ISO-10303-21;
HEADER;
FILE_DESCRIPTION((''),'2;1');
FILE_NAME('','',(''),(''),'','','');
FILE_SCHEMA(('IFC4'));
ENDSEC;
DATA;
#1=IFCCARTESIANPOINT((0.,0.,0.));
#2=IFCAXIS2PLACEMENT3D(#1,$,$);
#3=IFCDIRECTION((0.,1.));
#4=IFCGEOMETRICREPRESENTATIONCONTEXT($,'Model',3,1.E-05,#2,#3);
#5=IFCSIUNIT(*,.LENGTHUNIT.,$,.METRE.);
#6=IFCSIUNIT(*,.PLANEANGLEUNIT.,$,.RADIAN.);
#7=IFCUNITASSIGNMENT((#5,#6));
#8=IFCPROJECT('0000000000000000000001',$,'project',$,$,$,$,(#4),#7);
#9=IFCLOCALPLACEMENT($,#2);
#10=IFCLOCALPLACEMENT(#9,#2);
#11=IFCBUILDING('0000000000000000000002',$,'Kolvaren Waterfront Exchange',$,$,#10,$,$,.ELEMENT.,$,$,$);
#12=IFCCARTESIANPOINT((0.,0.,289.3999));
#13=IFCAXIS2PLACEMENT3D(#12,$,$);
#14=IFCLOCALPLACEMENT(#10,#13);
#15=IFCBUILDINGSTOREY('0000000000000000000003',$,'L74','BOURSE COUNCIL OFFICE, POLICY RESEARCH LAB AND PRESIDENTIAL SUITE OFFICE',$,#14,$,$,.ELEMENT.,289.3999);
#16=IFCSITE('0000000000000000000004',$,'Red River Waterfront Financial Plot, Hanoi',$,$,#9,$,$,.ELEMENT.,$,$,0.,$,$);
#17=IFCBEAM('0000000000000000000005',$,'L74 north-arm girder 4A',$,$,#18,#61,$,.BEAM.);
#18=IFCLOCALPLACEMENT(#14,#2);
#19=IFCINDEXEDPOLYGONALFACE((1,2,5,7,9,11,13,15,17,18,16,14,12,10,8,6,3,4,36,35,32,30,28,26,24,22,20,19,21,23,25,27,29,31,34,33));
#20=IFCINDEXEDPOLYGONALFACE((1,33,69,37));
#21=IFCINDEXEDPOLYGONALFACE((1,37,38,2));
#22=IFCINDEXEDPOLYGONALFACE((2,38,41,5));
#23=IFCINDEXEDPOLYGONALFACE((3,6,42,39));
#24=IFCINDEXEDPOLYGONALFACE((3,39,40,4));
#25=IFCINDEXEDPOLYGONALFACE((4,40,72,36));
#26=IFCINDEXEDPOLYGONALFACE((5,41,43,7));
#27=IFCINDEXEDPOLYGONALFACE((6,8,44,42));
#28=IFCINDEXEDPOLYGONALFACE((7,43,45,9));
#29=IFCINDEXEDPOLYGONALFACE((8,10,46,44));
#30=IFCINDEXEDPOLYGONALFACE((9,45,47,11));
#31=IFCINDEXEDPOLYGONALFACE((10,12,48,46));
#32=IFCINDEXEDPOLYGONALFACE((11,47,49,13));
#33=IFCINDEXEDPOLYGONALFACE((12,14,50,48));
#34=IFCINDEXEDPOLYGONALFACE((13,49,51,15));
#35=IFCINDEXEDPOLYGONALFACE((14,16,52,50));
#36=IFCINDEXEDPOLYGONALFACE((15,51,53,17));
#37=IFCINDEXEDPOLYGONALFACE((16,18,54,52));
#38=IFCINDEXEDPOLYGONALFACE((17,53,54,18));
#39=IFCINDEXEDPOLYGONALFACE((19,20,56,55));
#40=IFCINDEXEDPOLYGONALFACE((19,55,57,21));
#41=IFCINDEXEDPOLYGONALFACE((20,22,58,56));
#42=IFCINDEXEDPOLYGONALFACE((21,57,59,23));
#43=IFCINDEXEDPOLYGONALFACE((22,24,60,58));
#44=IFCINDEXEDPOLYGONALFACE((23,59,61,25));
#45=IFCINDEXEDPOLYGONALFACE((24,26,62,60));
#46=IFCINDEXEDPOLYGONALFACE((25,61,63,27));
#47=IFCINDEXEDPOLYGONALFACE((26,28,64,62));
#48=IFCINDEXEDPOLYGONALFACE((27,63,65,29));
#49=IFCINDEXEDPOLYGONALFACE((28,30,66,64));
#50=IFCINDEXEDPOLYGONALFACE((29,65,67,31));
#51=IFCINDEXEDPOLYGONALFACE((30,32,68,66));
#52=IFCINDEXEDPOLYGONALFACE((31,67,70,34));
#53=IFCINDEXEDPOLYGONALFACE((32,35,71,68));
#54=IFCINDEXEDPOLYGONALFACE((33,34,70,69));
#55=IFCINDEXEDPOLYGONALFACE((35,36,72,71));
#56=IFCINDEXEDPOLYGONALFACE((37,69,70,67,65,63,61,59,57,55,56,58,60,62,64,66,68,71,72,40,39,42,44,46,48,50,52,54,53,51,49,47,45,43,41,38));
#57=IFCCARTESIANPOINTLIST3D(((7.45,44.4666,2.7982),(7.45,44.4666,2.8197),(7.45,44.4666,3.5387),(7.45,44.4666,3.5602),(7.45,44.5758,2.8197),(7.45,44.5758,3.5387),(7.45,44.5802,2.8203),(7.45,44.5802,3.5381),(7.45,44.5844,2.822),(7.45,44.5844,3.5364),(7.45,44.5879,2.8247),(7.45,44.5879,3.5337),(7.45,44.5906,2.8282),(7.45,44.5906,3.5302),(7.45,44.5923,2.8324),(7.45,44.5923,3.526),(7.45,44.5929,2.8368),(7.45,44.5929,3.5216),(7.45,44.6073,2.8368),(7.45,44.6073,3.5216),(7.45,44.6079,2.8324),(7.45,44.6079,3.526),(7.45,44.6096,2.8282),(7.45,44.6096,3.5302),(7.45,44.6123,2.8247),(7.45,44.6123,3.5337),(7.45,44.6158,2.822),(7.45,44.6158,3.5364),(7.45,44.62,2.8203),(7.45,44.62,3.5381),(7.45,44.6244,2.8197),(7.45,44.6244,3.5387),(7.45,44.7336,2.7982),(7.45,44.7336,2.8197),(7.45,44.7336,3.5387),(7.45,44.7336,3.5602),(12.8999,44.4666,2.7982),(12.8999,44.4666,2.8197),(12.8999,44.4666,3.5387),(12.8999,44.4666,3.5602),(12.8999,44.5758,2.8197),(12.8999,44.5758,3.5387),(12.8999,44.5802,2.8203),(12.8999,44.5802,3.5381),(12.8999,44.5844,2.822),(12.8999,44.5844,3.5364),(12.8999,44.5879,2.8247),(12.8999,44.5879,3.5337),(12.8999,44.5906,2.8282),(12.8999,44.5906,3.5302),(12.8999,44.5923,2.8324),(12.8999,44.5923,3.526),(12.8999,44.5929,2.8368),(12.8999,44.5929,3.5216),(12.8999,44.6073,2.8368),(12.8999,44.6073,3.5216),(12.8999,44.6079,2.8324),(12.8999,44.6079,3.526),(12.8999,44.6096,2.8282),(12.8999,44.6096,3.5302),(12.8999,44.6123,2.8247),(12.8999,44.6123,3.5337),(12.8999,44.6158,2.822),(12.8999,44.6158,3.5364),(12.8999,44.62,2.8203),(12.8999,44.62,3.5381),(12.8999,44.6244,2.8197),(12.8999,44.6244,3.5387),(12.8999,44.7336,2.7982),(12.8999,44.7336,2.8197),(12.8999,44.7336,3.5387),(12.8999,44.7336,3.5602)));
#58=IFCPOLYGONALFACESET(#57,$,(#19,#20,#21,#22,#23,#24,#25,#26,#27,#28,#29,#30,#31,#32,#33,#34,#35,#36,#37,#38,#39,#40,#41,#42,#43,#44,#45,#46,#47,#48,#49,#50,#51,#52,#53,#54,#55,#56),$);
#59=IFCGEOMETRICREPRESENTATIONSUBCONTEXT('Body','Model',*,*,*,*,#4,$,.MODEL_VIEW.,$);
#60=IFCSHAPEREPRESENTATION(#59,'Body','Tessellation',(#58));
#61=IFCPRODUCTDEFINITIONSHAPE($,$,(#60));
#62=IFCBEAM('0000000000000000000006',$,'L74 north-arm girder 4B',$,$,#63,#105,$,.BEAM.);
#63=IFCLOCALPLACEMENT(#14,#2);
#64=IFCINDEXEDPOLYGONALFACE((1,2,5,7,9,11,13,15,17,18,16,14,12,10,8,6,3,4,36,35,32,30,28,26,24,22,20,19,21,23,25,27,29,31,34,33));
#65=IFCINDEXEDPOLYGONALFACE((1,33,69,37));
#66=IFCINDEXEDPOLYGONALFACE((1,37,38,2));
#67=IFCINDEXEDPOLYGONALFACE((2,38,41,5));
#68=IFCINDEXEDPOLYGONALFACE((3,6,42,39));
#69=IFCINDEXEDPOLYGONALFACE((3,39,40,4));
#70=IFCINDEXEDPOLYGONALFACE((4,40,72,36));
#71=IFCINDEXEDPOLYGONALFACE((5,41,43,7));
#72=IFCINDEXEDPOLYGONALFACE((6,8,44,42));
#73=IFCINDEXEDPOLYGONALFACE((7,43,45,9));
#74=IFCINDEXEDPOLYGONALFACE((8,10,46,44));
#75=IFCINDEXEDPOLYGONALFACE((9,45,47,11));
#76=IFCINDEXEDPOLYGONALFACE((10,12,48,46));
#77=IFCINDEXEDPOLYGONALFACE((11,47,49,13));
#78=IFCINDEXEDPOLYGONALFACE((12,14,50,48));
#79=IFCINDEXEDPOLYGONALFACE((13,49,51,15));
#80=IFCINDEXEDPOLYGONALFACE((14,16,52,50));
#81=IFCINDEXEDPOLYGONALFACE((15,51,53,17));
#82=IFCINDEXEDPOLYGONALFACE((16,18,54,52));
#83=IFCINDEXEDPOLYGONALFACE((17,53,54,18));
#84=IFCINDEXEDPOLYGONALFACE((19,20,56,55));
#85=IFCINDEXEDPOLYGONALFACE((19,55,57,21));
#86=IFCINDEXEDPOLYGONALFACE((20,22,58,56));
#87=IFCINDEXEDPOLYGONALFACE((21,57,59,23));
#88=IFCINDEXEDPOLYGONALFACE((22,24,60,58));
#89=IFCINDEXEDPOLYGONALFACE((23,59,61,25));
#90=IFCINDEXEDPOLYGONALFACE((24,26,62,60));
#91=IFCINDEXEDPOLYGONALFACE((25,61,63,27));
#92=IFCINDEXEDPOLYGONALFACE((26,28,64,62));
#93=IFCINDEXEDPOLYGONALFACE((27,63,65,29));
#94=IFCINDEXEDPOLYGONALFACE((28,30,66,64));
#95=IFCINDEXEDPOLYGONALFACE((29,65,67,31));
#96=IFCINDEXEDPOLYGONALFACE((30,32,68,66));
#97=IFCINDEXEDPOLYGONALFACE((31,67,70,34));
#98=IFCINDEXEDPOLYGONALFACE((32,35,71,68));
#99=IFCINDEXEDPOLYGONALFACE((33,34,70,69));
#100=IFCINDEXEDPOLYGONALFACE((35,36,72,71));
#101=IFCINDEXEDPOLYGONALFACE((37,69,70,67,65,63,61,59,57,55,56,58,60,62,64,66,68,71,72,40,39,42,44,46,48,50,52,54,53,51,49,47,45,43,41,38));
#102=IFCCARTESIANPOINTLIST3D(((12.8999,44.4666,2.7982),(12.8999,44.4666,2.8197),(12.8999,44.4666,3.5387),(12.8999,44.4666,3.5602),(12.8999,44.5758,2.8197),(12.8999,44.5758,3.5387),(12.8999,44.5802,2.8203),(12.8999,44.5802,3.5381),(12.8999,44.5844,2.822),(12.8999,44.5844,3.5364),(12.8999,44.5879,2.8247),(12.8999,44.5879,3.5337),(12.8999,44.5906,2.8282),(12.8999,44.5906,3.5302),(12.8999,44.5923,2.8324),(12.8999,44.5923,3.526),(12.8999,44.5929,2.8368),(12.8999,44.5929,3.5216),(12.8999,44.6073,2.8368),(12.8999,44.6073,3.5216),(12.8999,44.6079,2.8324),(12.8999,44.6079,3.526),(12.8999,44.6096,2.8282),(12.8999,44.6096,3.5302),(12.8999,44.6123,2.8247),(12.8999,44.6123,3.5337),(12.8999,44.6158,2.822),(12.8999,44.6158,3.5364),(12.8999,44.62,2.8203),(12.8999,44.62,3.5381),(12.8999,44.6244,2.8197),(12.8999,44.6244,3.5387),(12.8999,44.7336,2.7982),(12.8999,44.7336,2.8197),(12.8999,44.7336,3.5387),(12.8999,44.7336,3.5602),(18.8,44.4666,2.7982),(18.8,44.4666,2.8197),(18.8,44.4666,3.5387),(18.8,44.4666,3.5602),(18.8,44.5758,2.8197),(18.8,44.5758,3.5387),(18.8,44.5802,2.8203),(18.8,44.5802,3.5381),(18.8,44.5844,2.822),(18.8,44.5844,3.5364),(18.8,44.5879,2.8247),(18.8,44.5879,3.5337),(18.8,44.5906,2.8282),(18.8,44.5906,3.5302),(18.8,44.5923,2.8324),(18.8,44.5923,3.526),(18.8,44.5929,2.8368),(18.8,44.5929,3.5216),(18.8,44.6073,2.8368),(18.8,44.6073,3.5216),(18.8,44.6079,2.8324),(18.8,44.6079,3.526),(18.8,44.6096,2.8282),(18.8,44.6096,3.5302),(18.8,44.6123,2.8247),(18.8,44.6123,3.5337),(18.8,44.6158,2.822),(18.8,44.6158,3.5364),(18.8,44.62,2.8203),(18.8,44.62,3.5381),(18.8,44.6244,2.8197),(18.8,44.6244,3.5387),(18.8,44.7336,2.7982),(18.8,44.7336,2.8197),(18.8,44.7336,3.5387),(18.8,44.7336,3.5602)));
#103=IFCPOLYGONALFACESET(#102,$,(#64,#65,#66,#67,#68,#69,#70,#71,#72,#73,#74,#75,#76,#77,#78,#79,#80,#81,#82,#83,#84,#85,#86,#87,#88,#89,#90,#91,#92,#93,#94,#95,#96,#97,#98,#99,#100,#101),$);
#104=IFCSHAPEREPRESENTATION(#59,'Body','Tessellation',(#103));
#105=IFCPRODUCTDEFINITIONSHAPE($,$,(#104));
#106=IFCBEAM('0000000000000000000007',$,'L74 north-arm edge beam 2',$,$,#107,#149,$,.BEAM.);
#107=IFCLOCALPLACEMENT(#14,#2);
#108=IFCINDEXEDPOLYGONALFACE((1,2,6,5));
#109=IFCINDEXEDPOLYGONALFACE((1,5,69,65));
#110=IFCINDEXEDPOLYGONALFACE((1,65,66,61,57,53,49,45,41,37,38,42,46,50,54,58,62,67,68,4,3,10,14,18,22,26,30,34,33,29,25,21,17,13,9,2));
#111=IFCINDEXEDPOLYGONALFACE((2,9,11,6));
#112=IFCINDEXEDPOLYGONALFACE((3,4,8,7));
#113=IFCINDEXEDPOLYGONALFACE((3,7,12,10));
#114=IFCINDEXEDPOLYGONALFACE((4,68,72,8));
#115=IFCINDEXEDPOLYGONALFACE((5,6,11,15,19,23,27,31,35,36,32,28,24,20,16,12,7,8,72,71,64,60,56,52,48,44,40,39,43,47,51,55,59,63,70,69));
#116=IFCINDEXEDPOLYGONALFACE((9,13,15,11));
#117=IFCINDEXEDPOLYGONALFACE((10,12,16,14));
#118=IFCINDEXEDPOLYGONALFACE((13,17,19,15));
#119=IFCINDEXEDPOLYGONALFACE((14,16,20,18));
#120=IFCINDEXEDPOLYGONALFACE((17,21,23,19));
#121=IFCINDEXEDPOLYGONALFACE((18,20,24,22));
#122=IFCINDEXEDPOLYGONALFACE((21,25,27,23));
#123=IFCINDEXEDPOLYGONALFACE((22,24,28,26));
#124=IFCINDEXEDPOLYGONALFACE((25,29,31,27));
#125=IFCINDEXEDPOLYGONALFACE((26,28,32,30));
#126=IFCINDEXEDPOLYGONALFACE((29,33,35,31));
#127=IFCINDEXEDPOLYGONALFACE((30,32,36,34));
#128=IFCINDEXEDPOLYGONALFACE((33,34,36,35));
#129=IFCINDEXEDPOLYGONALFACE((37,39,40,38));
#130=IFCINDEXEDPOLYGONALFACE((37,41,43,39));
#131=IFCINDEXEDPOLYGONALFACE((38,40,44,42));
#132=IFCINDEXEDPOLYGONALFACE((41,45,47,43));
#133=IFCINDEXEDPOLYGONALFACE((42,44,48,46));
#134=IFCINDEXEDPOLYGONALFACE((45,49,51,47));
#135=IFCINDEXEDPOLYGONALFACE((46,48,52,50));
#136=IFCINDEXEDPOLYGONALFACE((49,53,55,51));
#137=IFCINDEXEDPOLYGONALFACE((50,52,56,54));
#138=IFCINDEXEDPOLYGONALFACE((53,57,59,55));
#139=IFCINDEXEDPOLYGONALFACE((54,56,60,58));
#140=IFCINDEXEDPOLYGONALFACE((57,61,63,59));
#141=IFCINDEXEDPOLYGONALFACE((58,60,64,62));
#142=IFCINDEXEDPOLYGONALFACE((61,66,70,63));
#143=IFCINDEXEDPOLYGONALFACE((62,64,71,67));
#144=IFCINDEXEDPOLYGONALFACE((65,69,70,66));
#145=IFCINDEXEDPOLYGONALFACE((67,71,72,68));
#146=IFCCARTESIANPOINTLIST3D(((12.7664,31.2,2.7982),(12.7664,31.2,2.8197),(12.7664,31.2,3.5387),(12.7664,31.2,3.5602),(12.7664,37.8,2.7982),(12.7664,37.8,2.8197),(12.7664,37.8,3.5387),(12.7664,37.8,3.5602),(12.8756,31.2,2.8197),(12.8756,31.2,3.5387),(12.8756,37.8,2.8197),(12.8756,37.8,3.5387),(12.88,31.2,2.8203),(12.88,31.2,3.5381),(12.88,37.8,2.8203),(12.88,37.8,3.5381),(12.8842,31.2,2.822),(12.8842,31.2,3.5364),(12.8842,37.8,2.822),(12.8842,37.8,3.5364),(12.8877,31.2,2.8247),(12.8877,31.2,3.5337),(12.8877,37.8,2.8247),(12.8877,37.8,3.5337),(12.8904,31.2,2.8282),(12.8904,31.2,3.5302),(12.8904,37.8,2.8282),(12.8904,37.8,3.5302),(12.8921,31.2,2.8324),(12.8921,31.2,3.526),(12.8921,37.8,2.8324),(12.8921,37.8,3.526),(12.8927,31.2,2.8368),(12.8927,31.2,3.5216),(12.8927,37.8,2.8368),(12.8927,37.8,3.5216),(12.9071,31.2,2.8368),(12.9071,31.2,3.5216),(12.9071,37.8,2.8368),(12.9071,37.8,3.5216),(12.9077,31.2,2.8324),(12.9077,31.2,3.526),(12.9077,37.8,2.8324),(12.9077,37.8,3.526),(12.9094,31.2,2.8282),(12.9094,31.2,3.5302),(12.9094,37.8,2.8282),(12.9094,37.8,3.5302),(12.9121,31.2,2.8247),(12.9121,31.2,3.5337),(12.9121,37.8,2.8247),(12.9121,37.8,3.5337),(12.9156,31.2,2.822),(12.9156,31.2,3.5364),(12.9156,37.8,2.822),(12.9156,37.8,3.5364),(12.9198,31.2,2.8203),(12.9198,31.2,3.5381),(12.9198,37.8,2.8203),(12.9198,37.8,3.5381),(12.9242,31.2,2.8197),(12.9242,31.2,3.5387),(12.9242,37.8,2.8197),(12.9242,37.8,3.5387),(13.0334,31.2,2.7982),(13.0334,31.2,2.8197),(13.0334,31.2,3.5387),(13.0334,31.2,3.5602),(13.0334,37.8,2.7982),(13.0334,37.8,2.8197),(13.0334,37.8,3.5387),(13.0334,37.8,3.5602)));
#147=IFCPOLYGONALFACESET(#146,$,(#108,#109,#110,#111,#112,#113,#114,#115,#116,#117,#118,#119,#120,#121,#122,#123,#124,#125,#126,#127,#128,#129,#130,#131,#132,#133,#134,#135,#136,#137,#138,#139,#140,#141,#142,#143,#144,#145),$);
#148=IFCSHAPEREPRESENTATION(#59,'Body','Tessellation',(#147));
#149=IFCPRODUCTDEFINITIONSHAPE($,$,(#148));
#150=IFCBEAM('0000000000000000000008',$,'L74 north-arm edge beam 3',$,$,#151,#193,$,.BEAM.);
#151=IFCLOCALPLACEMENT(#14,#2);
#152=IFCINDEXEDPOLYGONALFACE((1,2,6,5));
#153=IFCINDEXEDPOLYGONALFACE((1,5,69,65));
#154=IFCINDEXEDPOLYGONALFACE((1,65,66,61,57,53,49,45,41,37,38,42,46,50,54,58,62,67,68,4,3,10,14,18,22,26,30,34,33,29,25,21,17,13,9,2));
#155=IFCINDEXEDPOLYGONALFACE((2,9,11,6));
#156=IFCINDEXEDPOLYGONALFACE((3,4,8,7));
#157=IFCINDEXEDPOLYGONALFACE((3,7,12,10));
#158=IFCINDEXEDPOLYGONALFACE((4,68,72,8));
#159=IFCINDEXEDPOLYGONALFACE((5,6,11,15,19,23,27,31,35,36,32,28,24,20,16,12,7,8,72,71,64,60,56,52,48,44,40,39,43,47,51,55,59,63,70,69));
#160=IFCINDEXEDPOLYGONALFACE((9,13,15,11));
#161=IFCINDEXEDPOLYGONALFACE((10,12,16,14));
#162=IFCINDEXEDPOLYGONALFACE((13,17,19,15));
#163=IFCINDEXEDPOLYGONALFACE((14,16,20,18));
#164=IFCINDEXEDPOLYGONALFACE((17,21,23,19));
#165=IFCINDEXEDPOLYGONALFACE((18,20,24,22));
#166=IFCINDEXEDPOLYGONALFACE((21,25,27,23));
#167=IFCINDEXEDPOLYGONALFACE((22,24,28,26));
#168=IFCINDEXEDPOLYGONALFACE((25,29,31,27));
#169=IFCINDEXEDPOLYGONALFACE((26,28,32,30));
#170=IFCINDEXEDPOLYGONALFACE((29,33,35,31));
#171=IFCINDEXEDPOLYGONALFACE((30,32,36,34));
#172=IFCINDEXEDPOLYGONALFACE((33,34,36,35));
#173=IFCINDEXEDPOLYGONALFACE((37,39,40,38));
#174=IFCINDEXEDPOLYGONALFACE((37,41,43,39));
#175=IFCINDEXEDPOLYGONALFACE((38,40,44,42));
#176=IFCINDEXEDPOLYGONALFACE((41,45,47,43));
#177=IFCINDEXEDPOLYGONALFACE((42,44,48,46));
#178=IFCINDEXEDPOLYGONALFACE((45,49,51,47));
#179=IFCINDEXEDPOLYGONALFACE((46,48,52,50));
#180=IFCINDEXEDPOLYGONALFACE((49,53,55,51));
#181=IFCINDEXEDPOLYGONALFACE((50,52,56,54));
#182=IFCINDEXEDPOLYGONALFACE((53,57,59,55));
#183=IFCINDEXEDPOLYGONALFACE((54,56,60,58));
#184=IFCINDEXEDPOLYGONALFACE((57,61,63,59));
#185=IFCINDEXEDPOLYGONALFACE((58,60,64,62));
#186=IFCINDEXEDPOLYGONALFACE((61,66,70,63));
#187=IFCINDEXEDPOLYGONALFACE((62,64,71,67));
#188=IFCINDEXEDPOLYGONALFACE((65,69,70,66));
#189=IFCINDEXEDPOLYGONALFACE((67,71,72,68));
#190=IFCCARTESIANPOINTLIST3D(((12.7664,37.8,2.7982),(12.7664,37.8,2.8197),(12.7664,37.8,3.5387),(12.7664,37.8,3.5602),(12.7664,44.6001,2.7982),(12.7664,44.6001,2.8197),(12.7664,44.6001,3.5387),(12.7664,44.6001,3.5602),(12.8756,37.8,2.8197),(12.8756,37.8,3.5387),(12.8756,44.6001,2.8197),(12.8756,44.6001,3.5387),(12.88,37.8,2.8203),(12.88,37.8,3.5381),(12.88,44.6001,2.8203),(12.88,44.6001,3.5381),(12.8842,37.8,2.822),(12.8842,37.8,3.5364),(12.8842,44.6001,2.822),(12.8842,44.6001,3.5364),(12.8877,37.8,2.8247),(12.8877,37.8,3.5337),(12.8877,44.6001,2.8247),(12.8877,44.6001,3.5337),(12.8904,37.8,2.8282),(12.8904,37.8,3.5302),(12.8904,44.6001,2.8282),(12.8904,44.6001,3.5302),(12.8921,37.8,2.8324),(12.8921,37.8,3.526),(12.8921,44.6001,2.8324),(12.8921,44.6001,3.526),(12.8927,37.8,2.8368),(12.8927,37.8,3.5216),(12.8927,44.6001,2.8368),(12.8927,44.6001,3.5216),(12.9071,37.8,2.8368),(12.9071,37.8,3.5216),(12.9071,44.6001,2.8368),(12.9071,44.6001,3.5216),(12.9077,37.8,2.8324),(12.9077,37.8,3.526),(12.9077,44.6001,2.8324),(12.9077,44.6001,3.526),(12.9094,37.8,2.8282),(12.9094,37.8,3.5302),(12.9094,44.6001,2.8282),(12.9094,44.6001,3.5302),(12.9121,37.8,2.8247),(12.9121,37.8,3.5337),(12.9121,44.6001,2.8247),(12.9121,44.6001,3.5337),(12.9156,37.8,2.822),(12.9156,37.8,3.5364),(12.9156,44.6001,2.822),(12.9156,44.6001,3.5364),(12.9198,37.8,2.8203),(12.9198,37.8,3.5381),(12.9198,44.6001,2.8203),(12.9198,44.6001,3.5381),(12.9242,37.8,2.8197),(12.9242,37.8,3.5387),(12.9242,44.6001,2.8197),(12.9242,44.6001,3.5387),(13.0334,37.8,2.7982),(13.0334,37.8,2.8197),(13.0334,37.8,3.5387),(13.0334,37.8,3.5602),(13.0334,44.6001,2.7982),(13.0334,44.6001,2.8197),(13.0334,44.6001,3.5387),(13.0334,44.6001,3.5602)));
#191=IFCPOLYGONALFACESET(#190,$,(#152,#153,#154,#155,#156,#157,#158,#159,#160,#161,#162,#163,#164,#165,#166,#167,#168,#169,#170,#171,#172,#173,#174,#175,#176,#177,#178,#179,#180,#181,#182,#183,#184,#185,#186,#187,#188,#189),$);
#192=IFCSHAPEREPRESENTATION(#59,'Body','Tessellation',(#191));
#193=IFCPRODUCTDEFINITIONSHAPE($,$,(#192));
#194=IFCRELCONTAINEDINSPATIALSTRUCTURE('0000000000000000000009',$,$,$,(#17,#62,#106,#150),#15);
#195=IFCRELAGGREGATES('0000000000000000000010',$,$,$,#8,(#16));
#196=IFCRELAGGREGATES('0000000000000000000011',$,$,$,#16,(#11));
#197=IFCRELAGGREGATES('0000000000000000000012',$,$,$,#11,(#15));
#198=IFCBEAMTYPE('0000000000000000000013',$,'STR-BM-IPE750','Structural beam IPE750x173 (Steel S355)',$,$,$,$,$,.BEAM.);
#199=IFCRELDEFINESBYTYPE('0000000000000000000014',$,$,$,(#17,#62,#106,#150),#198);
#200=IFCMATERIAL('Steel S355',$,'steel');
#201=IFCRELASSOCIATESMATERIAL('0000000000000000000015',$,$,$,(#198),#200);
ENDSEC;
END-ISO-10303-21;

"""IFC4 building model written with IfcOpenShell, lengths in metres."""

from ifc_helpers import new_model, si_unit, direction, frame, origin, origin_2d, place, context, subcontext, project, spatial, i_section, extrude, material, material_profile, profile_set, type_object, element, save


model = new_model("IFC4")

# Units and contexts
model_context = context("Model", 3, precision=1e-05, world=origin(), true_north=direction((0.0, 1.0)))
body_context = subcontext(model_context, "Body", "Model", "MODEL_VIEW")
ifc_project = project(units=[si_unit("LENGTHUNIT", "METRE"), si_unit("PLANEANGLEUNIT", "RADIAN")], contexts=[model_context])

# Site, building, storey
site_placement = place(None, origin())
site = spatial("IfcSite", under=ifc_project, at=site_placement, Name="Red River Waterfront Financial Plot, Hanoi", CompositionType="ELEMENT", RefElevation=0.0)
building_placement = place(site_placement, origin())
building = spatial("IfcBuilding", under=site, at=building_placement, Name="Kolvaren Waterfront Exchange", CompositionType="ELEMENT")
storey_placement = place(building_placement, frame((0.0, 0.0, 289.3999)))
storey = spatial("IfcBuildingStorey", under=building, at=storey_placement, Name="L74", Description="BOURSE COUNCIL OFFICE, POLICY RESEARCH LAB AND PRESIDENTIAL SUITE OFFICE", CompositionType="ELEMENT", Elevation=289.3999)

# Beams
ifc_material_1 = material(Name="Steel S355", Category="steel")
ifc_material_profile_1 = material_profile(ifc_material_1, i_section(OverallWidth=0.2671, OverallDepth=0.762, WebThickness=0.0144, FlangeThickness=0.0215, FilletRadius=0.0171, at=origin_2d()), Name="IPE750x173")
ifc_profile_set_1 = profile_set([ifc_material_profile_1], Name="Steel S355")
beam_type_1 = type_object("IfcBeamType", Name="STR-BM-IPE750", Description="Structural beam IPE750x173 (Steel S355)", PredefinedType="BEAM", material=ifc_profile_set_1)
beam_1_placement = place(storey_placement, frame((7.45, 44.6001, 3.1792), z_axis=(1.0, 0.0, 0.0), x_axis=(0.0, 1.0, 0.0)))
element("IfcBeam", 1, at=beam_1_placement, inside=storey, type_object=beam_type_1, Name="L74 north-arm girder 4A", PredefinedType="BEAM", context=body_context, shape_type="SweptSolid", body=[
    extrude(i_section(OverallWidth=0.2671, OverallDepth=0.762, WebThickness=0.0144, FlangeThickness=0.0215, FilletRadius=0.0171, at=origin_2d()), origin(), (0.0, 0.0, 1.0), 5.45),
])
beam_2_placement = place(storey_placement, frame((12.8999, 44.6001, 3.1792), z_axis=(1.0, 0.0, 0.0), x_axis=(0.0, 1.0, 0.0)))
element("IfcBeam", 2, at=beam_2_placement, inside=storey, type_object=beam_type_1, Name="L74 north-arm girder 4B", PredefinedType="BEAM", context=body_context, shape_type="SweptSolid", body=[
    extrude(i_section(OverallWidth=0.2671, OverallDepth=0.762, WebThickness=0.0144, FlangeThickness=0.0215, FilletRadius=0.0171, at=origin_2d()), origin(), (0.0, 0.0, 1.0), 5.9001),
])
beam_3_placement = place(storey_placement, frame((12.8999, 31.2, 3.1792), z_axis=(0.0, 1.0, 0.0), x_axis=(-1.0, 0.0, 0.0)))
element("IfcBeam", 3, at=beam_3_placement, inside=storey, type_object=beam_type_1, Name="L74 north-arm edge beam 2", PredefinedType="BEAM", context=body_context, shape_type="SweptSolid", body=[
    extrude(i_section(OverallWidth=0.2671, OverallDepth=0.762, WebThickness=0.0144, FlangeThickness=0.0215, FilletRadius=0.0171, at=origin_2d()), origin(), (0.0, 0.0, 1.0), 6.6001),
])
beam_4_placement = place(storey_placement, frame((12.8999, 37.8, 3.1792), z_axis=(0.0, 1.0, 0.0), x_axis=(-1.0, 0.0, 0.0)))
element("IfcBeam", 4, at=beam_4_placement, inside=storey, type_object=beam_type_1, Name="L74 north-arm edge beam 3", PredefinedType="BEAM", context=body_context, shape_type="SweptSolid", body=[
    extrude(i_section(OverallWidth=0.2671, OverallDepth=0.762, WebThickness=0.0144, FlangeThickness=0.0215, FilletRadius=0.0171, at=origin_2d()), origin(), (0.0, 0.0, 1.0), 6.8),
])

save(model, "model.ifc")
